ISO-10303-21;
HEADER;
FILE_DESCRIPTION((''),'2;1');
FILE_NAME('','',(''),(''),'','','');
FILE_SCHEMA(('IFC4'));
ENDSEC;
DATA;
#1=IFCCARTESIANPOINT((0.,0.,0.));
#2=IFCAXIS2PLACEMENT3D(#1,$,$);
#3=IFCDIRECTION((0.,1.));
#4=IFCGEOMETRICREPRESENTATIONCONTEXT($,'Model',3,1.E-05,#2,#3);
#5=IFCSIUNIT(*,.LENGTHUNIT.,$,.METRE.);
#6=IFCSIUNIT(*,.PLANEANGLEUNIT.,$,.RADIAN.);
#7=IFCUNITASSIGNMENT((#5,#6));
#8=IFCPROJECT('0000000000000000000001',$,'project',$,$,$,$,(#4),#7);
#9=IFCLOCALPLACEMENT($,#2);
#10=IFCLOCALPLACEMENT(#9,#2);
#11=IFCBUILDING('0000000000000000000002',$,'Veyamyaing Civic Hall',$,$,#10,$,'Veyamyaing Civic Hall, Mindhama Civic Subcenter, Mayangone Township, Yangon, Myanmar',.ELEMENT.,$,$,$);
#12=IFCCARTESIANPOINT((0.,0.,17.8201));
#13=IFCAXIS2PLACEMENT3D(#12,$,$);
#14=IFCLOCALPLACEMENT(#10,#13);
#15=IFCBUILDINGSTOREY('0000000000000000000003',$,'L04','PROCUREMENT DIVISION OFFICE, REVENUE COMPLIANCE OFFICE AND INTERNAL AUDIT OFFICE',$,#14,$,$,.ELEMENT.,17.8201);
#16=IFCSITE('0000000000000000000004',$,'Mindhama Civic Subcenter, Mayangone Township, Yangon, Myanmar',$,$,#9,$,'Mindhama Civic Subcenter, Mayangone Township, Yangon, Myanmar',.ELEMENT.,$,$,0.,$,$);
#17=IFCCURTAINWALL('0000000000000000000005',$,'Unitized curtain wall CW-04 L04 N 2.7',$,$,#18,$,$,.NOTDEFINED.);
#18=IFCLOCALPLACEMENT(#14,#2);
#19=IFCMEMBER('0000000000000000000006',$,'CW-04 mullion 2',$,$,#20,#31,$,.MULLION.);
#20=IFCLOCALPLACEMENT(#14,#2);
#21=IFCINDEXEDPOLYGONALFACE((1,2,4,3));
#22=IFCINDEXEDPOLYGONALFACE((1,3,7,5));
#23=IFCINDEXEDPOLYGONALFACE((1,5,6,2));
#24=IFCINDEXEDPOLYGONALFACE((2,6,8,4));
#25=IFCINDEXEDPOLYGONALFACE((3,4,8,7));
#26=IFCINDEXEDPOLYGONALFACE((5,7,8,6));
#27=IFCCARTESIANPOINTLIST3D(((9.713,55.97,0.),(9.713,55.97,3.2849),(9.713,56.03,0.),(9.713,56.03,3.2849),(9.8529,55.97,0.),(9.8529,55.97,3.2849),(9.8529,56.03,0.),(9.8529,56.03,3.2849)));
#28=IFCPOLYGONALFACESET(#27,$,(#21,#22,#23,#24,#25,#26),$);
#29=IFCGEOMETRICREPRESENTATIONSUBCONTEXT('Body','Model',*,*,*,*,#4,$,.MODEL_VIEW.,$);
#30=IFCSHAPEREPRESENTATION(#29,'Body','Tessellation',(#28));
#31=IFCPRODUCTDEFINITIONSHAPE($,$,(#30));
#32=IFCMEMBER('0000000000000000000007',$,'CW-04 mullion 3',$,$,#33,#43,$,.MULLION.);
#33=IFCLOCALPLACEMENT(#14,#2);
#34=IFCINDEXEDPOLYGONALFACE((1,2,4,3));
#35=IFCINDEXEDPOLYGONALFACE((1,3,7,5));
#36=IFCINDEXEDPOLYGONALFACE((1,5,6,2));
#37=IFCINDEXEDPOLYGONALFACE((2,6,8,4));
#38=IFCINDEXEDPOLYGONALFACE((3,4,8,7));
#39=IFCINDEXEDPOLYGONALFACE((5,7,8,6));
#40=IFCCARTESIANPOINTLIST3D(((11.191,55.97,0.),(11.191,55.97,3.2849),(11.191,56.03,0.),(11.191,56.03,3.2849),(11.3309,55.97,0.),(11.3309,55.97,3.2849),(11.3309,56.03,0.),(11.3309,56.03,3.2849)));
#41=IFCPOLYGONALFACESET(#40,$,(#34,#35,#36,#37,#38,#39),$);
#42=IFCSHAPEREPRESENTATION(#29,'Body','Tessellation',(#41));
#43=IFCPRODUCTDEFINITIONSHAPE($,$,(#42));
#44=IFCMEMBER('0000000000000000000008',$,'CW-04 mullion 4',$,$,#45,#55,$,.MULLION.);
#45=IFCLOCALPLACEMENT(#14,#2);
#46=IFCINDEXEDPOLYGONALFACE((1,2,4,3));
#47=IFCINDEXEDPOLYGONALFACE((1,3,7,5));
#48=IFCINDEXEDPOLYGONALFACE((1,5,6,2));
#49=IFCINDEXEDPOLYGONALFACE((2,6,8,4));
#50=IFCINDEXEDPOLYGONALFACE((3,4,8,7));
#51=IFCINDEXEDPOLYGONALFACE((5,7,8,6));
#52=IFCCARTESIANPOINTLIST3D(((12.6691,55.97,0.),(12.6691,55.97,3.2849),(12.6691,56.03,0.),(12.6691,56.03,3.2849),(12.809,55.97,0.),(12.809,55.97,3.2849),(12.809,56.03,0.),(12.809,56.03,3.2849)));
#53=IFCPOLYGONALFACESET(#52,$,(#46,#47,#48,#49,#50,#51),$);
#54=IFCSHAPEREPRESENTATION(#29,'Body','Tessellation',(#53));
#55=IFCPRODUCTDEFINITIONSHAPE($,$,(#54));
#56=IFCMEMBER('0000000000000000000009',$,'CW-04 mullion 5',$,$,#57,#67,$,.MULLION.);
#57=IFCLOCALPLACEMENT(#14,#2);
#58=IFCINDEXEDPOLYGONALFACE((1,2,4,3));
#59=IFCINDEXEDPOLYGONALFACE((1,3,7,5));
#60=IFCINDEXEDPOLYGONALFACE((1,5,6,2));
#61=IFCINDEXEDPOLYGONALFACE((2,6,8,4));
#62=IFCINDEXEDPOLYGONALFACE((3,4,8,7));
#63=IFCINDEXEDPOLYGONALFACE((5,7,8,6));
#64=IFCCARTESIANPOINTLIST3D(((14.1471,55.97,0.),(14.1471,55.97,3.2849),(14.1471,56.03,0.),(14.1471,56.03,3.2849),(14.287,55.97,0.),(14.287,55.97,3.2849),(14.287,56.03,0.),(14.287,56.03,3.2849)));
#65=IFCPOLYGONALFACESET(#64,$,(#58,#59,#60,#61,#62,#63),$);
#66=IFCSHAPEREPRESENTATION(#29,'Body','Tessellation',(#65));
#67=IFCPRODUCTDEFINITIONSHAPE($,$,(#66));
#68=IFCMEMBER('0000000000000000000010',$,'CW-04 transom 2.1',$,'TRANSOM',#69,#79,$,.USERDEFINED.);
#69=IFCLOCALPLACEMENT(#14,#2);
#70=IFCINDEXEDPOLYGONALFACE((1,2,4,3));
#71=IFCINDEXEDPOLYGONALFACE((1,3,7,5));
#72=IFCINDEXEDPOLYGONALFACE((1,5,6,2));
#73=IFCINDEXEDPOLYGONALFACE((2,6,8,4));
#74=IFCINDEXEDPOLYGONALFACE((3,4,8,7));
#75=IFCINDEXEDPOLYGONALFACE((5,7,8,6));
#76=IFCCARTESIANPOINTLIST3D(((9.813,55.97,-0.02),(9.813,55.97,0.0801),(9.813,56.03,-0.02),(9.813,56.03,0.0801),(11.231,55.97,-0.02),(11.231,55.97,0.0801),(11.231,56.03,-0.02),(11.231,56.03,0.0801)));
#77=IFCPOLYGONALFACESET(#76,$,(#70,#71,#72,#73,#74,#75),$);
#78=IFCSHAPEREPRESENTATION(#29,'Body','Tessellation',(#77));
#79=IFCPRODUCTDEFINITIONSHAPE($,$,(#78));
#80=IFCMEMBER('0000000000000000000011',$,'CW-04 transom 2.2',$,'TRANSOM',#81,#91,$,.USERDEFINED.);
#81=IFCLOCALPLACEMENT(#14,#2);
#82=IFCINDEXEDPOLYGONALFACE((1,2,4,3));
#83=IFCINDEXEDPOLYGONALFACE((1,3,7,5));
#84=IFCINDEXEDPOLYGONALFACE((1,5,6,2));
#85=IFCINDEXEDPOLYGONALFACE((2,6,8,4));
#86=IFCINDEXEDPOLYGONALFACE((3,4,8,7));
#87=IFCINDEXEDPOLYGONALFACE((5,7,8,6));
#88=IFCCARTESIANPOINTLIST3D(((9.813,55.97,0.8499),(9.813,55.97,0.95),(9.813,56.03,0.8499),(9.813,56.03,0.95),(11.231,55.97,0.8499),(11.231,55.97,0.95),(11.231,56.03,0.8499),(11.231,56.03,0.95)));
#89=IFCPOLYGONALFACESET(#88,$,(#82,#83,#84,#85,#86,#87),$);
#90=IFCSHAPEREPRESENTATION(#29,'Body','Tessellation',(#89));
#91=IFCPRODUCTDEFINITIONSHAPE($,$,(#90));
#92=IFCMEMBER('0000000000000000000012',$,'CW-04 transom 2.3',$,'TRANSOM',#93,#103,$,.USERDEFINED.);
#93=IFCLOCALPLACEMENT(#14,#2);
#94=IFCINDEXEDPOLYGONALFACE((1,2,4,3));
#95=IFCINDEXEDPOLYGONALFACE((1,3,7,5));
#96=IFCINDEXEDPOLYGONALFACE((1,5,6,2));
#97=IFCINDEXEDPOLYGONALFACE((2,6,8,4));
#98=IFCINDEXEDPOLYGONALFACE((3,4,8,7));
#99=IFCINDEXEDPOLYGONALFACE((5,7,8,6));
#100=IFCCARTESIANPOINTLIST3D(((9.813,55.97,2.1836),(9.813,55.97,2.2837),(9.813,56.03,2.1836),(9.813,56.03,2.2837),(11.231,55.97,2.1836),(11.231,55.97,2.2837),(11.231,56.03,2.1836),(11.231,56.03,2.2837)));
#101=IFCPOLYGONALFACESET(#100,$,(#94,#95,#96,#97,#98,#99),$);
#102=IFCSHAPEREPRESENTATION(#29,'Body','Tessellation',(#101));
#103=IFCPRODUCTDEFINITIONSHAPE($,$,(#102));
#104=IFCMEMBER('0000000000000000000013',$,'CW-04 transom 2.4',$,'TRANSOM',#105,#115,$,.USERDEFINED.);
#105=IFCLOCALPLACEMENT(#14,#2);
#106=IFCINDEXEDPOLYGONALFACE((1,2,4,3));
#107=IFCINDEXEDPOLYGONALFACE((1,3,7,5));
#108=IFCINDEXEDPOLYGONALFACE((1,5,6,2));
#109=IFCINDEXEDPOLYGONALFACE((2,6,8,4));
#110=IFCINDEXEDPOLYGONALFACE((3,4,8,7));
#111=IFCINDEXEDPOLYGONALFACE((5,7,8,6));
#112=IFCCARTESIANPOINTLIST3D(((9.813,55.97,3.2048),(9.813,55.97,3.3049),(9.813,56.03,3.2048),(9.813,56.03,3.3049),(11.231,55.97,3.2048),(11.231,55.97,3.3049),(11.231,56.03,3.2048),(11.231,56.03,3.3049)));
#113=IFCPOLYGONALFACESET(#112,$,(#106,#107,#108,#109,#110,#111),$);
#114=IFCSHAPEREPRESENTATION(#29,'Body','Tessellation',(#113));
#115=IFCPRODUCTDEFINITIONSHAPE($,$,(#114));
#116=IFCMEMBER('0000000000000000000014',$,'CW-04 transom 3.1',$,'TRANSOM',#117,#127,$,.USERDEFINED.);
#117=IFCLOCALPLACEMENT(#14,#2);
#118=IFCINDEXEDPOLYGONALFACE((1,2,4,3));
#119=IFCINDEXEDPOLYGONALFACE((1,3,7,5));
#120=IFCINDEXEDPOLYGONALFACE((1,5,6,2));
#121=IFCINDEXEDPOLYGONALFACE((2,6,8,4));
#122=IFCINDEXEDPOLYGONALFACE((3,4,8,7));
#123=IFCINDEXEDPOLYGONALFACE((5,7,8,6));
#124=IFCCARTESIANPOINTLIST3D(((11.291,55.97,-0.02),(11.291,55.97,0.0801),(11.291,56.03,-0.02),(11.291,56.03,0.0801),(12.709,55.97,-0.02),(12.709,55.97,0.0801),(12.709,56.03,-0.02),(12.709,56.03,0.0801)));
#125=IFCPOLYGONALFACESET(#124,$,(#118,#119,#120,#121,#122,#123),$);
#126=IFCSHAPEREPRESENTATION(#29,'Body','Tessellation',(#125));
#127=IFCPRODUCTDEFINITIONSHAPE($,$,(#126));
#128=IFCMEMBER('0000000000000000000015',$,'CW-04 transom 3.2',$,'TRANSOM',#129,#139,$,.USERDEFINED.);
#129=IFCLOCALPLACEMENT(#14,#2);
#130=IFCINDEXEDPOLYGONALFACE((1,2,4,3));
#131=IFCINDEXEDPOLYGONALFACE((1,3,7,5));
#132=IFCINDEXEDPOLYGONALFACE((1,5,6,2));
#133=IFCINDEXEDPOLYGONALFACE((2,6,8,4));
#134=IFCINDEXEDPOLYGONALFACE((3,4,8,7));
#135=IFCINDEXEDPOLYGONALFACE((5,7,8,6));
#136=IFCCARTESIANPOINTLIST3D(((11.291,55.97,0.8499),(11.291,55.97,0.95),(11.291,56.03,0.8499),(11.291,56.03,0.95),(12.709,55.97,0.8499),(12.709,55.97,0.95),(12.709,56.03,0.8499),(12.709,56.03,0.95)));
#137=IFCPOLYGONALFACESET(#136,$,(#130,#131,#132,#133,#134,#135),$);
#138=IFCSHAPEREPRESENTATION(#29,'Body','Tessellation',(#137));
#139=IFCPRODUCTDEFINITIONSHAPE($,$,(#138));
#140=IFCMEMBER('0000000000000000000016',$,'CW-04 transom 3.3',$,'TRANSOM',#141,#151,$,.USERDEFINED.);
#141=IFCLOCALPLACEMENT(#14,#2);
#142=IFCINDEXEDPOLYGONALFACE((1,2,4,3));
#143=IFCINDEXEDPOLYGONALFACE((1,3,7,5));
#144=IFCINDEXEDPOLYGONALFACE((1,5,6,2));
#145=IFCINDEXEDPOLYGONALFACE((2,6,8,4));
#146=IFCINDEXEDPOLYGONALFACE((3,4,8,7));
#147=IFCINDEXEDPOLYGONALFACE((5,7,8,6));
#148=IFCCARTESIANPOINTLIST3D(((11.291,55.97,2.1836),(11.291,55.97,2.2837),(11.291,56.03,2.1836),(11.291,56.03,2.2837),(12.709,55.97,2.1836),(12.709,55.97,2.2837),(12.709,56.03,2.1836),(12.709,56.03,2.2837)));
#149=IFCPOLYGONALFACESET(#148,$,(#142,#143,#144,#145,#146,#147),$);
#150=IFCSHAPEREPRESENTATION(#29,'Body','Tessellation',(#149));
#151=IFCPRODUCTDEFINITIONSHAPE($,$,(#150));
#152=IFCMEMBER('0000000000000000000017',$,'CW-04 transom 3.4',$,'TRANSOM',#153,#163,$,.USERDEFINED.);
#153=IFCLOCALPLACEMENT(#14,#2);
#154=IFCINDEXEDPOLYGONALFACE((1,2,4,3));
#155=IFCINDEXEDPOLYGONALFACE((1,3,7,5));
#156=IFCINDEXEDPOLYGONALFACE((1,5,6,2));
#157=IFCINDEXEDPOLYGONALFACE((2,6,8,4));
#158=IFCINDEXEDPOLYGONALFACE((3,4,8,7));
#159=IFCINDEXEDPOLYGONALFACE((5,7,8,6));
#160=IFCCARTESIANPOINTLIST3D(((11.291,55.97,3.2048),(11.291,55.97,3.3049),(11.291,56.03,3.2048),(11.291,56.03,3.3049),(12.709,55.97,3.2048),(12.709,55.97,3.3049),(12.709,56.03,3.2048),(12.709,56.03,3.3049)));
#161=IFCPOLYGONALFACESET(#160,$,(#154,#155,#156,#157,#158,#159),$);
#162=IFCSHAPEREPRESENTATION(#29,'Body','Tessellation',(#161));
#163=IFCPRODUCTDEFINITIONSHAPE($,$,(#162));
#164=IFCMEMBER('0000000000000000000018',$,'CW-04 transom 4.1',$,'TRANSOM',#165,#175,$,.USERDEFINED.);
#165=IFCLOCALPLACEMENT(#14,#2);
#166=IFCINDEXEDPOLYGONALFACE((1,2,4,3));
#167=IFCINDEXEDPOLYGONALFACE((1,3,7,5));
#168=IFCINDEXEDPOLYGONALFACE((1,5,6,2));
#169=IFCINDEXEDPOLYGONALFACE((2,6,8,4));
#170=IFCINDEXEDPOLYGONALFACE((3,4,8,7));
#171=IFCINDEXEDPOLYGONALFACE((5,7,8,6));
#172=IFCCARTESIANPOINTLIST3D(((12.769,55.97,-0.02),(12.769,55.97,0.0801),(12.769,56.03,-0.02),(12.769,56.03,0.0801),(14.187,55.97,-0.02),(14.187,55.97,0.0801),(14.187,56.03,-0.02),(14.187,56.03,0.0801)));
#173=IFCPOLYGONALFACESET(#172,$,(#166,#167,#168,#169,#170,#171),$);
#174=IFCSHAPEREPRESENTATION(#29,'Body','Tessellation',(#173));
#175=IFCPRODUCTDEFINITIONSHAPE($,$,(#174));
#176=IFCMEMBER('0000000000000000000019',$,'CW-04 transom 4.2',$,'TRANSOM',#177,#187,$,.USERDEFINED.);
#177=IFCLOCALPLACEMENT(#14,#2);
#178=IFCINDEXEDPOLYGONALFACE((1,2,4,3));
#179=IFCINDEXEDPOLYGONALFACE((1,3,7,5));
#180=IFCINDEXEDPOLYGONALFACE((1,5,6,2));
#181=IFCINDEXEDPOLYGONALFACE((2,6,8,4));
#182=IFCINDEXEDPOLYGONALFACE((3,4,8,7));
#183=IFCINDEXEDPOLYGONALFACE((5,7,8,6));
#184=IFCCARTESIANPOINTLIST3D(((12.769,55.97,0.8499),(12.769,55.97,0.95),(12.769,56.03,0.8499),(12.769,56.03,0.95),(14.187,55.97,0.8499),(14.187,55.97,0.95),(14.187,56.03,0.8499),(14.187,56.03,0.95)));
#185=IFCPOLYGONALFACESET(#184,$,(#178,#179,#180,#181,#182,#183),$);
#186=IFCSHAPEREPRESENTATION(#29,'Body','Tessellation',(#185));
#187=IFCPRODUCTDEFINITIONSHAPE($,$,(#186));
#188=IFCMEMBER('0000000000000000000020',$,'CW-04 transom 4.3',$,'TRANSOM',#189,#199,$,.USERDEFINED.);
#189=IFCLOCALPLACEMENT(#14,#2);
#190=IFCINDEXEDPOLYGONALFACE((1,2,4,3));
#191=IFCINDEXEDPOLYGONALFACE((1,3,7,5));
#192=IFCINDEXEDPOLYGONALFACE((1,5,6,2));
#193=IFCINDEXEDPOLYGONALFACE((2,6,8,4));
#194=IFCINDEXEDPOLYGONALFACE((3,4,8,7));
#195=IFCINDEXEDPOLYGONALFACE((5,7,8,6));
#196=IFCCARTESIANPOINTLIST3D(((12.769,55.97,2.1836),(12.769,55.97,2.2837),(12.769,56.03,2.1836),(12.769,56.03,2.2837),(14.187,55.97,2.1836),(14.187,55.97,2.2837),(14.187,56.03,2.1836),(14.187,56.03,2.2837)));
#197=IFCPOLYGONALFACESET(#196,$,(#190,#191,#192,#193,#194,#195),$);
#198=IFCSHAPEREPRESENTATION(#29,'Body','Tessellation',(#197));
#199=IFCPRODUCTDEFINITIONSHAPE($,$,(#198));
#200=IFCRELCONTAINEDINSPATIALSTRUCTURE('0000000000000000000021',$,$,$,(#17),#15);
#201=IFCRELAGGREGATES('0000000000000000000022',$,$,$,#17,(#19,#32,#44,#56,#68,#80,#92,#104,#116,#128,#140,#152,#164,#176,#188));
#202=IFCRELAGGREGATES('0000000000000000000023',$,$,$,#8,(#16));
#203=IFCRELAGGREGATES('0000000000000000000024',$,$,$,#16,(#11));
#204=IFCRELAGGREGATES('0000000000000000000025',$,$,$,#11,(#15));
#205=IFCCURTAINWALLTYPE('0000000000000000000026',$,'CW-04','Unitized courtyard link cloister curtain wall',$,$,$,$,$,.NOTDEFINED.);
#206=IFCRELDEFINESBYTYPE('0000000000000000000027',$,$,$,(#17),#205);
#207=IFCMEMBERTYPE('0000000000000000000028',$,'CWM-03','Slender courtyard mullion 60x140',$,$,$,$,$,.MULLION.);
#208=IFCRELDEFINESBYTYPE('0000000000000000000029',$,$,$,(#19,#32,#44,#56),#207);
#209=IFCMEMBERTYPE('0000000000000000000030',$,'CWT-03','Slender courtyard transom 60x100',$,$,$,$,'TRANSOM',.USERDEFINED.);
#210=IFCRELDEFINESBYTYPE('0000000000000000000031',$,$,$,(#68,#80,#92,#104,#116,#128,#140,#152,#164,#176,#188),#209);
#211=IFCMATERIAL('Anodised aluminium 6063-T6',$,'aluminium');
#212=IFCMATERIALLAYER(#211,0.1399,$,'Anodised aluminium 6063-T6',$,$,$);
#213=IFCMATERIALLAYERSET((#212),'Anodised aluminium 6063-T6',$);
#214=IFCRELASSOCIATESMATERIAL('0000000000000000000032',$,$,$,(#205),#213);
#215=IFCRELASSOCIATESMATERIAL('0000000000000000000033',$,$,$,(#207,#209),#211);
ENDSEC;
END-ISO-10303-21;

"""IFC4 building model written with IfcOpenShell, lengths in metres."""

from ifc_helpers import new_model, si_unit, direction, frame, origin, origin_2d, place, context, subcontext, project, spatial, rectangle, extrude, material, layer, layer_set, material_profile, profile_set, type_object, element, aggregate, save


model = new_model("IFC4")

# Units and contexts
model_context = context("Model", 3, precision=1e-05, world=origin(), true_north=direction((0.0, 1.0)))
body_context = subcontext(model_context, "Body", "Model", "MODEL_VIEW")
ifc_project = project(units=[si_unit("LENGTHUNIT", "METRE"), si_unit("PLANEANGLEUNIT", "RADIAN")], contexts=[model_context])

# Site, building, storey
site_placement = place(None, origin())
site = spatial("IfcSite", under=ifc_project, at=site_placement, Name="Mindhama Civic Subcenter, Mayangone Township, Yangon, Myanmar", LongName="Mindhama Civic Subcenter, Mayangone Township, Yangon, Myanmar", CompositionType="ELEMENT", RefElevation=0.0)
building_placement = place(site_placement, origin())
building = spatial("IfcBuilding", under=site, at=building_placement, Name="Veyamyaing Civic Hall", LongName="Veyamyaing Civic Hall, Mindhama Civic Subcenter, Mayangone Township, Yangon, Myanmar", CompositionType="ELEMENT")
storey_placement = place(building_placement, frame((0.0, 0.0, 17.8201)))
storey = spatial("IfcBuildingStorey", under=building, at=storey_placement, Name="L04", Description="PROCUREMENT DIVISION OFFICE, REVENUE COMPLIANCE OFFICE AND INTERNAL AUDIT OFFICE", CompositionType="ELEMENT", Elevation=17.8201)

# Curtain wall, members
ifc_material_1 = material(Name="Anodised aluminium 6063-T6", Category="aluminium")
ifc_layer_1 = layer(ifc_material_1, 0.1399, Name="Anodised aluminium 6063-T6")
ifc_layer_set_1 = layer_set([ifc_layer_1], Name="Anodised aluminium 6063-T6")
curtain_wall_type = type_object("IfcCurtainWallType", Name="CW-04", Description="Unitized courtyard link cloister curtain wall", PredefinedType="NOTDEFINED", material=ifc_layer_set_1)
curtain_wall_placement = place(storey_placement, origin())
curtain_wall = element("IfcCurtainWall", 1, at=curtain_wall_placement, inside=storey, type_object=curtain_wall_type, Name="Unitized curtain wall CW-04 L04 N 2.7", PredefinedType="NOTDEFINED")
ifc_material_profile_1 = material_profile(ifc_material_1, rectangle(XDim=0.0601, YDim=0.1399, at=origin_2d()), Name="ALU-MUL-60X140")
ifc_profile_set_1 = profile_set([ifc_material_profile_1], Name="Anodised aluminium 6063-T6")
member_type_1 = type_object("IfcMemberType", Name="CWM-03", Description="Slender courtyard mullion 60x140", PredefinedType="MULLION", material=ifc_profile_set_1)
member_1_placement = place(storey_placement, frame((9.783, 56.0, 0.0), z_axis=(0.0, 0.0, 1.0), x_axis=(0.0, 1.0, 0.0)))
member_1 = element("IfcMember", 2, at=member_1_placement, type_object=member_type_1, Name="CW-04 mullion 2", PredefinedType="MULLION", context=body_context, shape_type="SweptSolid", body=[
    extrude(rectangle(XDim=0.0601, YDim=0.1399, at=origin_2d()), origin(), (0.0, 0.0, 1.0), 3.2849),
])
member_2_placement = place(storey_placement, frame((11.261, 56.0, 0.0), z_axis=(0.0, 0.0, 1.0), x_axis=(0.0, 1.0, 0.0)))
member_2 = element("IfcMember", 3, at=member_2_placement, type_object=member_type_1, Name="CW-04 mullion 3", PredefinedType="MULLION", context=body_context, shape_type="SweptSolid", body=[
    extrude(rectangle(XDim=0.0601, YDim=0.1399, at=origin_2d()), origin(), (0.0, 0.0, 1.0), 3.2849),
])
member_3_placement = place(storey_placement, frame((12.739, 56.0, 0.0), z_axis=(0.0, 0.0, 1.0), x_axis=(0.0, 1.0, 0.0)))
member_3 = element("IfcMember", 4, at=member_3_placement, type_object=member_type_1, Name="CW-04 mullion 4", PredefinedType="MULLION", context=body_context, shape_type="SweptSolid", body=[
    extrude(rectangle(XDim=0.0601, YDim=0.1399, at=origin_2d()), origin(), (0.0, 0.0, 1.0), 3.2849),
])
member_4_placement = place(storey_placement, frame((14.217, 56.0, 0.0), z_axis=(0.0, 0.0, 1.0), x_axis=(0.0, 1.0, 0.0)))
member_4 = element("IfcMember", 5, at=member_4_placement, type_object=member_type_1, Name="CW-04 mullion 5", PredefinedType="MULLION", context=body_context, shape_type="SweptSolid", body=[
    extrude(rectangle(XDim=0.0601, YDim=0.1399, at=origin_2d()), origin(), (0.0, 0.0, 1.0), 3.2849),
])
ifc_material_profile_2 = material_profile(ifc_material_1, rectangle(XDim=0.0601, YDim=0.1001, at=origin_2d()), Name="ALU-TRN-60X100")
ifc_profile_set_2 = profile_set([ifc_material_profile_2], Name="Anodised aluminium 6063-T6")
member_type_2 = type_object("IfcMemberType", Name="CWT-03", Description="Slender courtyard transom 60x100", ElementType="TRANSOM", PredefinedType="USERDEFINED", material=ifc_profile_set_2)
member_5_placement = place(storey_placement, frame((9.813, 56.0, 0.03), z_axis=(1.0, 0.0, 0.0), x_axis=(0.0, 1.0, 0.0)))
member_5 = element("IfcMember", 6, at=member_5_placement, type_object=member_type_2, Name="CW-04 transom 2.1", ObjectType="TRANSOM", PredefinedType="USERDEFINED", context=body_context, shape_type="SweptSolid", body=[
    extrude(rectangle(XDim=0.0601, YDim=0.1001, at=origin_2d()), origin(), (0.0, 0.0, 1.0), 1.418),
])
member_6_placement = place(storey_placement, frame((9.813, 56.0, 0.8999), z_axis=(1.0, 0.0, 0.0), x_axis=(0.0, 1.0, 0.0)))
member_6 = element("IfcMember", 7, at=member_6_placement, type_object=member_type_2, Name="CW-04 transom 2.2", ObjectType="TRANSOM", PredefinedType="USERDEFINED", context=body_context, shape_type="SweptSolid", body=[
    extrude(rectangle(XDim=0.0601, YDim=0.1001, at=origin_2d()), origin(), (0.0, 0.0, 1.0), 1.418),
])
member_7_placement = place(storey_placement, frame((9.813, 56.0, 2.2336), z_axis=(1.0, 0.0, 0.0), x_axis=(0.0, 1.0, 0.0)))
member_7 = element("IfcMember", 8, at=member_7_placement, type_object=member_type_2, Name="CW-04 transom 2.3", ObjectType="TRANSOM", PredefinedType="USERDEFINED", context=body_context, shape_type="SweptSolid", body=[
    extrude(rectangle(XDim=0.0601, YDim=0.1001, at=origin_2d()), origin(), (0.0, 0.0, 1.0), 1.418),
])
member_8_placement = place(storey_placement, frame((9.813, 56.0, 3.2549), z_axis=(1.0, 0.0, 0.0), x_axis=(0.0, 1.0, 0.0)))
member_8 = element("IfcMember", 9, at=member_8_placement, type_object=member_type_2, Name="CW-04 transom 2.4", ObjectType="TRANSOM", PredefinedType="USERDEFINED", context=body_context, shape_type="SweptSolid", body=[
    extrude(rectangle(XDim=0.0601, YDim=0.1001, at=origin_2d()), origin(), (0.0, 0.0, 1.0), 1.418),
])
member_9_placement = place(storey_placement, frame((11.291, 56.0, 0.03), z_axis=(1.0, 0.0, 0.0), x_axis=(0.0, 1.0, 0.0)))
member_9 = element("IfcMember", 10, at=member_9_placement, type_object=member_type_2, Name="CW-04 transom 3.1", ObjectType="TRANSOM", PredefinedType="USERDEFINED", context=body_context, shape_type="SweptSolid", body=[
    extrude(rectangle(XDim=0.0601, YDim=0.1001, at=origin_2d()), origin(), (0.0, 0.0, 1.0), 1.418),
])
member_10_placement = place(storey_placement, frame((11.291, 56.0, 0.8999), z_axis=(1.0, 0.0, 0.0), x_axis=(0.0, 1.0, 0.0)))
member_10 = element("IfcMember", 11, at=member_10_placement, type_object=member_type_2, Name="CW-04 transom 3.2", ObjectType="TRANSOM", PredefinedType="USERDEFINED", context=body_context, shape_type="SweptSolid", body=[
    extrude(rectangle(XDim=0.0601, YDim=0.1001, at=origin_2d()), origin(), (0.0, 0.0, 1.0), 1.418),
])
member_11_placement = place(storey_placement, frame((11.291, 56.0, 2.2336), z_axis=(1.0, 0.0, 0.0), x_axis=(0.0, 1.0, 0.0)))
member_11 = element("IfcMember", 12, at=member_11_placement, type_object=member_type_2, Name="CW-04 transom 3.3", ObjectType="TRANSOM", PredefinedType="USERDEFINED", context=body_context, shape_type="SweptSolid", body=[
    extrude(rectangle(XDim=0.0601, YDim=0.1001, at=origin_2d()), origin(), (0.0, 0.0, 1.0), 1.418),
])
member_12_placement = place(storey_placement, frame((11.291, 56.0, 3.2549), z_axis=(1.0, 0.0, 0.0), x_axis=(0.0, 1.0, 0.0)))
member_12 = element("IfcMember", 13, at=member_12_placement, type_object=member_type_2, Name="CW-04 transom 3.4", ObjectType="TRANSOM", PredefinedType="USERDEFINED", context=body_context, shape_type="SweptSolid", body=[
    extrude(rectangle(XDim=0.0601, YDim=0.1001, at=origin_2d()), origin(), (0.0, 0.0, 1.0), 1.418),
])
member_13_placement = place(storey_placement, frame((12.769, 56.0, 0.03), z_axis=(1.0, 0.0, 0.0), x_axis=(0.0, 1.0, 0.0)))
member_13 = element("IfcMember", 14, at=member_13_placement, type_object=member_type_2, Name="CW-04 transom 4.1", ObjectType="TRANSOM", PredefinedType="USERDEFINED", context=body_context, shape_type="SweptSolid", body=[
    extrude(rectangle(XDim=0.0601, YDim=0.1001, at=origin_2d()), origin(), (0.0, 0.0, 1.0), 1.418),
])
member_14_placement = place(storey_placement, frame((12.769, 56.0, 0.8999), z_axis=(1.0, 0.0, 0.0), x_axis=(0.0, 1.0, 0.0)))
member_14 = element("IfcMember", 15, at=member_14_placement, type_object=member_type_2, Name="CW-04 transom 4.2", ObjectType="TRANSOM", PredefinedType="USERDEFINED", context=body_context, shape_type="SweptSolid", body=[
    extrude(rectangle(XDim=0.0601, YDim=0.1001, at=origin_2d()), origin(), (0.0, 0.0, 1.0), 1.418),
])
member_15_placement = place(storey_placement, frame((12.769, 56.0, 2.2336), z_axis=(1.0, 0.0, 0.0), x_axis=(0.0, 1.0, 0.0)))
member_15 = element("IfcMember", 16, at=member_15_placement, type_object=member_type_2, Name="CW-04 transom 4.3", ObjectType="TRANSOM", PredefinedType="USERDEFINED", context=body_context, shape_type="SweptSolid", body=[
    extrude(rectangle(XDim=0.0601, YDim=0.1001, at=origin_2d()), origin(), (0.0, 0.0, 1.0), 1.418),
])
aggregate(curtain_wall, [member_1, member_2, member_3, member_4, member_5, member_6, member_7, member_8, member_9, member_10, member_11, member_12, member_13, member_14, member_15])

save(model, "model.ifc")
